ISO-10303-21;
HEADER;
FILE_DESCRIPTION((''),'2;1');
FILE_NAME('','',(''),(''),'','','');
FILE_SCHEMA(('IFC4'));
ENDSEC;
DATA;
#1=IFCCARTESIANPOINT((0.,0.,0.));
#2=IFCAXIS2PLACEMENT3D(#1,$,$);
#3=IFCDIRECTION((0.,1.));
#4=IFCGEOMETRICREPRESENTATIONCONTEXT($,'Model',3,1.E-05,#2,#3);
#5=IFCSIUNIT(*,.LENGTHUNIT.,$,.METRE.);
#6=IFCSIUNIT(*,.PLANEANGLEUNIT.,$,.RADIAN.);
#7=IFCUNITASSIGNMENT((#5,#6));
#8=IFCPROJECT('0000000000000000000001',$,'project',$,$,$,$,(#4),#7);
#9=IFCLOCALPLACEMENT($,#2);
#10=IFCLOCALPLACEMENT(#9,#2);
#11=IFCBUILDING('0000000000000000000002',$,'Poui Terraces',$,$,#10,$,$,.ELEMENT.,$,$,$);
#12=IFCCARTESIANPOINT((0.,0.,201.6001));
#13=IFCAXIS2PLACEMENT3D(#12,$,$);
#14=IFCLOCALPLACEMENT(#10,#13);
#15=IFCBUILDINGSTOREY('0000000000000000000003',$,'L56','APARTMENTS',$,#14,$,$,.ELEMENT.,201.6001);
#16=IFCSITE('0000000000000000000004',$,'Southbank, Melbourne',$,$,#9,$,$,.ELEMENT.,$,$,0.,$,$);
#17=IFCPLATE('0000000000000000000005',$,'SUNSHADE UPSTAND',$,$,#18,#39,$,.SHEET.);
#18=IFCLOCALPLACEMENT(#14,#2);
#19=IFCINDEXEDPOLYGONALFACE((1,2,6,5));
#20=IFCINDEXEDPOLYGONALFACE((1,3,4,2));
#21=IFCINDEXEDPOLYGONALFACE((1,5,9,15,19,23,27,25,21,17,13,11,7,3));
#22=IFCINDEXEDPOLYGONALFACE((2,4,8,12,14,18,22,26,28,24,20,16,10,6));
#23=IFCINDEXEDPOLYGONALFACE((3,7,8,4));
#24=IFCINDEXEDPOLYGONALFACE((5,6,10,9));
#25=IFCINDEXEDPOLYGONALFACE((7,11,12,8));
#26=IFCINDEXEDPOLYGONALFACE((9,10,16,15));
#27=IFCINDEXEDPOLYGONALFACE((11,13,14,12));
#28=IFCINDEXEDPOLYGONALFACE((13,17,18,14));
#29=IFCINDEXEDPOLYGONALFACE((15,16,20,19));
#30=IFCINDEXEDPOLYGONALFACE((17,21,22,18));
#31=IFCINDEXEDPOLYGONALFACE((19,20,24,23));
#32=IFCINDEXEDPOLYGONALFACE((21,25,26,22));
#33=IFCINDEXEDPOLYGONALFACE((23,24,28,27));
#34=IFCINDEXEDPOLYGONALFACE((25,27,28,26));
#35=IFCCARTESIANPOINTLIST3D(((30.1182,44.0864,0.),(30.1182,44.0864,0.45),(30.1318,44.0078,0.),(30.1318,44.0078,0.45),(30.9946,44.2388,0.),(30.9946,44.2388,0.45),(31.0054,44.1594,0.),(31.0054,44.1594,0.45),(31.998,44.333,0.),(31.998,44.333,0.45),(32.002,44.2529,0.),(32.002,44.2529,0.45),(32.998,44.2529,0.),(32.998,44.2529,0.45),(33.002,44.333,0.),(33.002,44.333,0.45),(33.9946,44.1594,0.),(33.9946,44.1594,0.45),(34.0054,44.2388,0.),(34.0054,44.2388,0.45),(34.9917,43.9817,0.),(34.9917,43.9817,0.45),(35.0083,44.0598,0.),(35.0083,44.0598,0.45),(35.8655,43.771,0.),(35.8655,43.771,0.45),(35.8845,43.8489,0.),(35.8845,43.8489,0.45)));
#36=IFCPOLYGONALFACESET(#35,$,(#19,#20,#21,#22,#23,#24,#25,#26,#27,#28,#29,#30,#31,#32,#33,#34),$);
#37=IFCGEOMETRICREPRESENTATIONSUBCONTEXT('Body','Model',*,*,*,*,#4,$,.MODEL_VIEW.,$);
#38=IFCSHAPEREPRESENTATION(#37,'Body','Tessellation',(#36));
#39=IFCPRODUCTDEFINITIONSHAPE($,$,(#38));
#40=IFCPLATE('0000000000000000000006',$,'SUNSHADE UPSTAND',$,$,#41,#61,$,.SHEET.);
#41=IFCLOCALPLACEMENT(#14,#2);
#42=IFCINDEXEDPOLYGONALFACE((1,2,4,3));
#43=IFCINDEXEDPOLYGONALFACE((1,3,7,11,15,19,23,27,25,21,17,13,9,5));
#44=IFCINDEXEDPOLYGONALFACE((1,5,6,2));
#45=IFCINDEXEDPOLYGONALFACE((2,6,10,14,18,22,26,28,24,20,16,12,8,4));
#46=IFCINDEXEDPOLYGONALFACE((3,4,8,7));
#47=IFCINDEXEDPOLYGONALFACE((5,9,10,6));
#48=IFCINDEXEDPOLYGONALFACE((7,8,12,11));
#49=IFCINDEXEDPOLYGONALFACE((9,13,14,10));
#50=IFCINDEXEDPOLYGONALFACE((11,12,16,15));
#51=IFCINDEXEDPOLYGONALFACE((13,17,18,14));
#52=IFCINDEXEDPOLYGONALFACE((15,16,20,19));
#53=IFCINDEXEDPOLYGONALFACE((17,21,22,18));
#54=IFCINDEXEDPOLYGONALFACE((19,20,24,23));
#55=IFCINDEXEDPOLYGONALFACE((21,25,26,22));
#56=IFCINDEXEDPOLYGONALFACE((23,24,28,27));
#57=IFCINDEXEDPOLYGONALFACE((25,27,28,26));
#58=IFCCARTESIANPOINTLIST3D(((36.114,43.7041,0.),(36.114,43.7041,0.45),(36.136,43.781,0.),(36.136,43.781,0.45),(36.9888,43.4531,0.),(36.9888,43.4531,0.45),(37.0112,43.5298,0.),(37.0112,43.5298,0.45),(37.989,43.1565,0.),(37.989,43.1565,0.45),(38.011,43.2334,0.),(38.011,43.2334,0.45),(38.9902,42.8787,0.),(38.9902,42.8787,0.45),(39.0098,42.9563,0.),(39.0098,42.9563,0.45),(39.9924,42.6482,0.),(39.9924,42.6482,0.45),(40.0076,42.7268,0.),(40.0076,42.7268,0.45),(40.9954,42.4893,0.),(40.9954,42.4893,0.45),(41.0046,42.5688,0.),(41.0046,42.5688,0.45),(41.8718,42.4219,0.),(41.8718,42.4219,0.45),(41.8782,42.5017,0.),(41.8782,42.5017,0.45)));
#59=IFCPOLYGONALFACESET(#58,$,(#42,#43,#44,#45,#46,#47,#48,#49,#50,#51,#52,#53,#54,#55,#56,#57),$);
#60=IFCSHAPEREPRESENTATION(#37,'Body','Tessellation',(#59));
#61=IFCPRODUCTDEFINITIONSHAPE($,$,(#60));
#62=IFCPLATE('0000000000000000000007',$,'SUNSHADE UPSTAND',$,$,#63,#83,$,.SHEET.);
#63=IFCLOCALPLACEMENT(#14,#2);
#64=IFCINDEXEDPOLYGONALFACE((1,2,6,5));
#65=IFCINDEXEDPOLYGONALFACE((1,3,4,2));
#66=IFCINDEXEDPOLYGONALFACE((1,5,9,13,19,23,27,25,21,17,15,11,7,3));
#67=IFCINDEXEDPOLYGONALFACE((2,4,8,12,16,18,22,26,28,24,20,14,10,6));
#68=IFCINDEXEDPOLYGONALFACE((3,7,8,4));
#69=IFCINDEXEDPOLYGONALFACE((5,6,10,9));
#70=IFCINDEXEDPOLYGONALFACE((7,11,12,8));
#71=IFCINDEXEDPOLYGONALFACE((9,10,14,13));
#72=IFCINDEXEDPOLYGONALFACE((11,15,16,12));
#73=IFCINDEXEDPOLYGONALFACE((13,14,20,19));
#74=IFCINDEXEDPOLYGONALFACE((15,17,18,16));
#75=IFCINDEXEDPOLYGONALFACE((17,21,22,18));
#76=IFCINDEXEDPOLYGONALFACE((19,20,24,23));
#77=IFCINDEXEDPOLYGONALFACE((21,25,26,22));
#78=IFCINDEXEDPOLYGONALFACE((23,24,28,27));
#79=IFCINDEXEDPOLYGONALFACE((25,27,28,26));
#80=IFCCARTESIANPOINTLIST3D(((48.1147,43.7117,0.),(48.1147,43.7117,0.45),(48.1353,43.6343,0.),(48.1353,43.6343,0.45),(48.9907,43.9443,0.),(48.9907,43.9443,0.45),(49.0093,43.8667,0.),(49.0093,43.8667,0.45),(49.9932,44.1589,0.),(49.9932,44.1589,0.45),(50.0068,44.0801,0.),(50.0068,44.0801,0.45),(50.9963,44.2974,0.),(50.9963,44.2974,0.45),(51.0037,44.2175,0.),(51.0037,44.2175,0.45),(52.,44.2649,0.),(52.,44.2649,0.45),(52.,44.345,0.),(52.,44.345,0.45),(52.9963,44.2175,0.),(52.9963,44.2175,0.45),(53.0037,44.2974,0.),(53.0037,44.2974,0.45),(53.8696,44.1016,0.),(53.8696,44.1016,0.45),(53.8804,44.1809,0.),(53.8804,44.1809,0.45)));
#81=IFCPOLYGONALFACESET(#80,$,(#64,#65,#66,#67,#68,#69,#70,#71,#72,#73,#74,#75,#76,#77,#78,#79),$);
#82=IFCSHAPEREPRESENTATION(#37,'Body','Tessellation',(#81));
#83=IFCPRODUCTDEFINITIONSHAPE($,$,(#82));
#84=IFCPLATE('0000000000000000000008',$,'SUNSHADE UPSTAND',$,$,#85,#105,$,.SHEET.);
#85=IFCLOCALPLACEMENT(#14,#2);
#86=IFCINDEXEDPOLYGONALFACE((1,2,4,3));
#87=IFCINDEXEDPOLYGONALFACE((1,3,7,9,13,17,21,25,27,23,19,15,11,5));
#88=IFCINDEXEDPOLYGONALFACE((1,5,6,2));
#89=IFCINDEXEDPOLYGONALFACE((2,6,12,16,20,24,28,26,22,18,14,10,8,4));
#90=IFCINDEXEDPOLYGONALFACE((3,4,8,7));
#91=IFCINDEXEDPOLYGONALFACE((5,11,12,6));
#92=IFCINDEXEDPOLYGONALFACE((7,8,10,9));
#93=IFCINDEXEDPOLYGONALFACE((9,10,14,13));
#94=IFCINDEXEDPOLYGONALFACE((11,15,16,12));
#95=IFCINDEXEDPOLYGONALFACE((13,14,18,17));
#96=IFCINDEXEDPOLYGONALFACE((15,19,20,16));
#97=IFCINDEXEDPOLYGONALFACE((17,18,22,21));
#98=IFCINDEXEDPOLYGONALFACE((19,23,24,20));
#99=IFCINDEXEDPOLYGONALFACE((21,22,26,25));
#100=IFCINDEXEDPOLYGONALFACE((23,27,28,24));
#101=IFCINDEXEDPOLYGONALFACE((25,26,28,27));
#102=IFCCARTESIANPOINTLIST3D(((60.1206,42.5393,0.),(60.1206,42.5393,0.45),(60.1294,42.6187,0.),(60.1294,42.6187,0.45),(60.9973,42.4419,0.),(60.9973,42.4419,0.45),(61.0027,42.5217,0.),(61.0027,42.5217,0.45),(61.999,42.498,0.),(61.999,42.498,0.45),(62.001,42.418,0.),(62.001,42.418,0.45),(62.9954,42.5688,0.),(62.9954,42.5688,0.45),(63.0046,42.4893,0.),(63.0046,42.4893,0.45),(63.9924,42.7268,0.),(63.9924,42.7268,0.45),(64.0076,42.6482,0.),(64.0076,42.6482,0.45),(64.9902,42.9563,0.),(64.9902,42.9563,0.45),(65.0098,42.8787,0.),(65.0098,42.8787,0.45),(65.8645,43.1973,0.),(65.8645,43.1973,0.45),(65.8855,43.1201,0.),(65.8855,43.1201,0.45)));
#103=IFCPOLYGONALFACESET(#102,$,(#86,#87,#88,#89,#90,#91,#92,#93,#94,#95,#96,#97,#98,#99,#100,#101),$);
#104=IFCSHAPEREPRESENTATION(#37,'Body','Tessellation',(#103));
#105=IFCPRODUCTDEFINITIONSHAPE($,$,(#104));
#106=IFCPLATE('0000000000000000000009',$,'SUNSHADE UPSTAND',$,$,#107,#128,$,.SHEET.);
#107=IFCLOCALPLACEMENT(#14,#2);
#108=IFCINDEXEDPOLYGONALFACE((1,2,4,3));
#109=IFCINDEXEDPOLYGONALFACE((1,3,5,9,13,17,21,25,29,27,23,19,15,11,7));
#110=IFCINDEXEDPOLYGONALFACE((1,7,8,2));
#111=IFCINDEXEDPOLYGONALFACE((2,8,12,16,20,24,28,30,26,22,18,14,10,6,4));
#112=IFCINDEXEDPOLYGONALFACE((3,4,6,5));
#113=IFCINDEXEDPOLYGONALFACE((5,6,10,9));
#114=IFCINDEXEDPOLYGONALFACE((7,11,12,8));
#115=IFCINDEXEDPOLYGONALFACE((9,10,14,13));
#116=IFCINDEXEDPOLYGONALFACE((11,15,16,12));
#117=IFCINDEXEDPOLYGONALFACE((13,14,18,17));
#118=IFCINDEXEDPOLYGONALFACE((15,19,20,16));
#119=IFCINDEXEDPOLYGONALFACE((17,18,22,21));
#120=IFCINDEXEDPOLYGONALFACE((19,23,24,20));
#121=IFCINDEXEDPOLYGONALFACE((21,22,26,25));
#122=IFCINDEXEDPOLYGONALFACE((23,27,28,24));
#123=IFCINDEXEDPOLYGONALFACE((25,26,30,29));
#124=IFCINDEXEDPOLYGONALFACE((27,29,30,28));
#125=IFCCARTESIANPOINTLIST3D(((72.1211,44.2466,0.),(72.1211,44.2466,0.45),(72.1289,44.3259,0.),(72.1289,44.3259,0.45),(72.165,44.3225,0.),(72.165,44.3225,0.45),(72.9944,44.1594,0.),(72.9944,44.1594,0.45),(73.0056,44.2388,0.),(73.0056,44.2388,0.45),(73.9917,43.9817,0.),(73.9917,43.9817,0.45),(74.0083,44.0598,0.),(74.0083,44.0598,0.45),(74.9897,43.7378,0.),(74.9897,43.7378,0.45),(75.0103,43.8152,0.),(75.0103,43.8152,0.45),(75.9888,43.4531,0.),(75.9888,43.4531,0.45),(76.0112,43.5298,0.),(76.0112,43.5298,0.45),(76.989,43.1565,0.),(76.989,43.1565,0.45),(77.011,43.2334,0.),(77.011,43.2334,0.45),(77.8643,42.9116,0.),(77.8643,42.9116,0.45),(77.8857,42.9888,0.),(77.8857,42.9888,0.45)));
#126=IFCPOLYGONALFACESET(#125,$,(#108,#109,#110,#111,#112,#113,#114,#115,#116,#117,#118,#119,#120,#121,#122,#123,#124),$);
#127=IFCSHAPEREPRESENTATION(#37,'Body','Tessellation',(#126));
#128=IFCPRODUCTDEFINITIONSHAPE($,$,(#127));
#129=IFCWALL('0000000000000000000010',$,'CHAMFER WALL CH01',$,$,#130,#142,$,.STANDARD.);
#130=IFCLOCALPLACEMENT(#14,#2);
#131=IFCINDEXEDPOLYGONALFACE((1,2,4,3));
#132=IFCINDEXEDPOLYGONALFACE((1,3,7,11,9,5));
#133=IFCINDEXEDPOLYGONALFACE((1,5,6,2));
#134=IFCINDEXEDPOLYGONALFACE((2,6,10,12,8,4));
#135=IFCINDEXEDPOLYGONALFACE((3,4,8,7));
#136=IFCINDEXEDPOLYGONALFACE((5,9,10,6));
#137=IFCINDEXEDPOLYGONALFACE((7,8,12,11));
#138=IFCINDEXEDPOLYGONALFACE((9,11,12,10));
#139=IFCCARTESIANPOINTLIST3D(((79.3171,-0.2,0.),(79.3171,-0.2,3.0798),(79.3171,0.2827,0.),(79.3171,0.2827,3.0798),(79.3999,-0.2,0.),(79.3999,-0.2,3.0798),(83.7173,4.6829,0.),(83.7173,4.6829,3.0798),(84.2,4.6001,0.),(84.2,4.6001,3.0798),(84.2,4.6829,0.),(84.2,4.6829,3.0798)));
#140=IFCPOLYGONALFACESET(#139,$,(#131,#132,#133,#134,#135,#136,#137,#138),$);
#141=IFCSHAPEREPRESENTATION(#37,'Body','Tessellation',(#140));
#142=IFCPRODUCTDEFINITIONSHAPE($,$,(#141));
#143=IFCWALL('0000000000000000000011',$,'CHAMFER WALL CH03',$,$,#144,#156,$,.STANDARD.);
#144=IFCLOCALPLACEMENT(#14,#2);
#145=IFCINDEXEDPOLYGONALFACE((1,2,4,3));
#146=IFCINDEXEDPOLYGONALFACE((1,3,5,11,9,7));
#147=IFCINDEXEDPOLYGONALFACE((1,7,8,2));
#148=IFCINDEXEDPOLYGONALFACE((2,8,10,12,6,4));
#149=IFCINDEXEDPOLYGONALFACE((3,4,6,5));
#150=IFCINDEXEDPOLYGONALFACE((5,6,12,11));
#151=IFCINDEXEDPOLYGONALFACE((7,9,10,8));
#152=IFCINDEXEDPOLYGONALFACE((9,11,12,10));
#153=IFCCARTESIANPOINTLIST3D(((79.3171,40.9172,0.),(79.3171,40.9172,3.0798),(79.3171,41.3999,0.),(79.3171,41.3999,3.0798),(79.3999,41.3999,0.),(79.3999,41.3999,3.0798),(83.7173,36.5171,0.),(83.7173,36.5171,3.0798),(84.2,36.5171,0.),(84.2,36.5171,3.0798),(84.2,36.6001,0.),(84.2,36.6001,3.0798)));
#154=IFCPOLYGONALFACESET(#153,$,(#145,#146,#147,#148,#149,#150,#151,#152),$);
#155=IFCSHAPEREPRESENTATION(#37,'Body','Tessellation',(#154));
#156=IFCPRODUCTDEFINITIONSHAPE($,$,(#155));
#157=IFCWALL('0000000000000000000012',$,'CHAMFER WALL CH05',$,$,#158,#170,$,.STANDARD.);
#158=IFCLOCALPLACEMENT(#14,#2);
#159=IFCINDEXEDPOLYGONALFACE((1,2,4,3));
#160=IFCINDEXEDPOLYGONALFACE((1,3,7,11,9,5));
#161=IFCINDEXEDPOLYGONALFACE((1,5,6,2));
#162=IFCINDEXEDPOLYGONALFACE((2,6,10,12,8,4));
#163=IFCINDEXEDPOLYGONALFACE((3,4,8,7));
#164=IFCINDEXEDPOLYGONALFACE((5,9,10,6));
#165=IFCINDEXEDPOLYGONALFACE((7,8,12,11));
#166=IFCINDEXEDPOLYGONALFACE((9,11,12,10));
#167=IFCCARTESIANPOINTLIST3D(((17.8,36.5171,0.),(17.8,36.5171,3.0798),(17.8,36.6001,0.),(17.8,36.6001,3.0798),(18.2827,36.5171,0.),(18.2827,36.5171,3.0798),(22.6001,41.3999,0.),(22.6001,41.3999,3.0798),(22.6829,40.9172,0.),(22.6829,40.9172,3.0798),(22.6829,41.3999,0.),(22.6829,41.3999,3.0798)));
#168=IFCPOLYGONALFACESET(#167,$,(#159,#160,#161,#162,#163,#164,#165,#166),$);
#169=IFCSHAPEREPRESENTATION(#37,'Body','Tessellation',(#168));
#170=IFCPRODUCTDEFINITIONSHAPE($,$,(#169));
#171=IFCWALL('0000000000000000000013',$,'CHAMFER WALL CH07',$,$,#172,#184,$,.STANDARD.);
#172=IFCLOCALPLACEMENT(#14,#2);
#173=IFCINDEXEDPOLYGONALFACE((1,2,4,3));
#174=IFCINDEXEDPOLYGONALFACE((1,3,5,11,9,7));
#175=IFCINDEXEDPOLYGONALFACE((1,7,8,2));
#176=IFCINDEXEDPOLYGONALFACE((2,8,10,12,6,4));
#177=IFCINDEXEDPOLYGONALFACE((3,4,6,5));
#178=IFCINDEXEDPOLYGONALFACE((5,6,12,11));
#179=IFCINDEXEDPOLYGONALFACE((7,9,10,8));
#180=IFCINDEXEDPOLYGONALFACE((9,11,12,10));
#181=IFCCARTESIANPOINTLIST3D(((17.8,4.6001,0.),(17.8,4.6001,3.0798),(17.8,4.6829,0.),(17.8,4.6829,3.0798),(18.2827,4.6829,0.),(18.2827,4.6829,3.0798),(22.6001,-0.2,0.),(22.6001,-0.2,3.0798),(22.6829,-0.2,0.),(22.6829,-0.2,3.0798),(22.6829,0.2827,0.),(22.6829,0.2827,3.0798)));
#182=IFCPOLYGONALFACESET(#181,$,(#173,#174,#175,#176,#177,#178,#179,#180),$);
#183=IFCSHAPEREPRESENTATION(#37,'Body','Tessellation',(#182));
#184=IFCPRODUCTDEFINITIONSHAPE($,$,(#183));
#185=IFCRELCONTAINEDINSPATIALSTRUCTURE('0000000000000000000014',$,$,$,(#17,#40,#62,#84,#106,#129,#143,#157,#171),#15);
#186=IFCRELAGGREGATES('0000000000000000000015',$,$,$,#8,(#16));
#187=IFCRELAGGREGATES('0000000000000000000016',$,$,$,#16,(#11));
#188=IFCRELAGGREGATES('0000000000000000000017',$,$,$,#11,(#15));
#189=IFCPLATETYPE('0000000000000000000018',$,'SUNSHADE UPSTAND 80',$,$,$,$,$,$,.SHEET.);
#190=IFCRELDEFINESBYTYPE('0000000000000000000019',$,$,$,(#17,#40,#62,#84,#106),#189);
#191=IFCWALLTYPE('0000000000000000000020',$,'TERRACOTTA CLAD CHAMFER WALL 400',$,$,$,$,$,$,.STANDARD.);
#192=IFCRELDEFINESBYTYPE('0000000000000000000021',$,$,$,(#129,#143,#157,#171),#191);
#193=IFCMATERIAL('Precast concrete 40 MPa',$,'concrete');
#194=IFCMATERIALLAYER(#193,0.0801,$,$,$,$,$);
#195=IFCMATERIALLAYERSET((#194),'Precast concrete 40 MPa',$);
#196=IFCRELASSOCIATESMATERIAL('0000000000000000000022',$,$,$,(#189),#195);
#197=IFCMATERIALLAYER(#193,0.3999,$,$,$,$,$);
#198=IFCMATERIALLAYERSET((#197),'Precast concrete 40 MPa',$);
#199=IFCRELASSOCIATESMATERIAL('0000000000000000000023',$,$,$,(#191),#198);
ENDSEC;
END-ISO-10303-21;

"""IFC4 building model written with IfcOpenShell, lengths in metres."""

from ifc_helpers import new_model, si_unit, direction, frame, origin, place, context, subcontext, project, spatial, polyline, outline, extrude, material, layer, layer_set, type_object, element, save


model = new_model("IFC4")

# Units and contexts
model_context = context("Model", 3, precision=1e-05, world=origin(), true_north=direction((0.0, 1.0)))
body_context = subcontext(model_context, "Body", "Model", "MODEL_VIEW")
ifc_project = project(units=[si_unit("LENGTHUNIT", "METRE"), si_unit("PLANEANGLEUNIT", "RADIAN")], contexts=[model_context])

# Site, building, storey
site_placement = place(None, origin())
site = spatial("IfcSite", under=ifc_project, at=site_placement, Name="Southbank, Melbourne", CompositionType="ELEMENT", RefElevation=0.0)
building_placement = place(site_placement, origin())
building = spatial("IfcBuilding", under=site, at=building_placement, Name="Poui Terraces", CompositionType="ELEMENT")
storey_placement = place(building_placement, frame((0.0, 0.0, 201.6001)))
storey = spatial("IfcBuildingStorey", under=building, at=storey_placement, Name="L56", Description="APARTMENTS", CompositionType="ELEMENT", Elevation=201.6001)

# Shared definitions
ifc_material_1 = material(Name="Precast concrete 40 MPa", Category="concrete")

# Plates
ifc_layer_1 = layer(ifc_material_1, 0.0801)
ifc_layer_set_1 = layer_set([ifc_layer_1], Name="Precast concrete 40 MPa")
plate_type = type_object("IfcPlateType", Name="SUNSHADE UPSTAND 80", PredefinedType="SHEET", material=ifc_layer_set_1)
plate_1_placement = place(storey_placement, origin())
element("IfcPlate", 1, at=plate_1_placement, inside=storey, type_object=plate_type, Name="SUNSHADE UPSTAND", PredefinedType="SHEET", context=body_context, shape_type="SweptSolid", body=[
    extrude(outline(polyline([(30.9946, 44.2388), (30.1182, 44.0864), (30.1318, 44.0078), (31.0054, 44.1594), (32.002, 44.2529), (32.998, 44.2529), (33.9946, 44.1594), (34.9917, 43.9817), (35.8655, 43.771), (35.8845, 43.8489), (35.0083, 44.0598), (34.0054, 44.2388), (33.002, 44.333), (31.998, 44.333), (30.9946, 44.2388)])), origin(), (0.0, 0.0, 1.0), 0.45),
])
plate_2_placement = place(storey_placement, origin())
element("IfcPlate", 2, at=plate_2_placement, inside=storey, type_object=plate_type, Name="SUNSHADE UPSTAND", PredefinedType="SHEET", context=body_context, shape_type="SweptSolid", body=[
    extrude(outline(polyline([(37.0112, 43.5298), (36.136, 43.781), (36.114, 43.7041), (36.9888, 43.4531), (37.989, 43.1565), (38.9902, 42.8787), (39.9924, 42.6482), (40.9954, 42.4893), (41.8718, 42.4219), (41.8782, 42.5017), (41.0046, 42.5688), (40.0076, 42.7268), (39.0098, 42.9563), (38.011, 43.2334), (37.0112, 43.5298)])), origin(), (0.0, 0.0, 1.0), 0.45),
])
plate_3_placement = place(storey_placement, origin())
element("IfcPlate", 3, at=plate_3_placement, inside=storey, type_object=plate_type, Name="SUNSHADE UPSTAND", PredefinedType="SHEET", context=body_context, shape_type="SweptSolid", body=[
    extrude(outline(polyline([(48.9907, 43.9443), (48.1147, 43.7117), (48.1353, 43.6343), (49.0093, 43.8667), (50.0068, 44.0801), (51.0037, 44.2175), (52.0, 44.2649), (52.9963, 44.2175), (53.8696, 44.1016), (53.8804, 44.1809), (53.0037, 44.2974), (52.0, 44.345), (50.9963, 44.2974), (49.9932, 44.1589), (48.9907, 43.9443)])), origin(), (0.0, 0.0, 1.0), 0.45),
])
plate_4_placement = place(storey_placement, origin())
element("IfcPlate", 4, at=plate_4_placement, inside=storey, type_object=plate_type, Name="SUNSHADE UPSTAND", PredefinedType="SHEET", context=body_context, shape_type="SweptSolid", body=[
    extrude(outline(polyline([(61.0027, 42.5217), (60.1294, 42.6187), (60.1206, 42.5393), (60.9973, 42.4419), (62.001, 42.418), (63.0046, 42.4893), (64.0076, 42.6482), (65.0098, 42.8787), (65.8855, 43.1201), (65.8645, 43.1973), (64.9902, 42.9563), (63.9924, 42.7268), (62.9954, 42.5688), (61.999, 42.498), (61.0027, 42.5217)])), origin(), (0.0, 0.0, 1.0), 0.45),
])
plate_5_placement = place(storey_placement, origin())
element("IfcPlate", 5, at=plate_5_placement, inside=storey, type_object=plate_type, Name="SUNSHADE UPSTAND", PredefinedType="SHEET", context=body_context, shape_type="SweptSolid", body=[
    extrude(outline(polyline([(73.0056, 44.2388), (72.165, 44.3225), (72.1289, 44.3259), (72.1211, 44.2466), (72.9944, 44.1594), (73.9917, 43.9817), (74.9897, 43.7378), (75.9888, 43.4531), (76.989, 43.1565), (77.8643, 42.9116), (77.8857, 42.9888), (77.011, 43.2334), (76.0112, 43.5298), (75.0103, 43.8152), (74.0083, 44.0598), (73.0056, 44.2388)])), origin(), (0.0, 0.0, 1.0), 0.45),
])

# Walls
ifc_layer_2 = layer(ifc_material_1, 0.3999)
ifc_layer_set_2 = layer_set([ifc_layer_2], Name="Precast concrete 40 MPa")
wall_type = type_object("IfcWallType", Name="TERRACOTTA CLAD CHAMFER WALL 400", PredefinedType="STANDARD", material=ifc_layer_set_2)
wall_1_placement = place(storey_placement, origin())
element("IfcWall", 6, at=wall_1_placement, inside=storey, type_object=wall_type, Name="CHAMFER WALL CH01", PredefinedType="STANDARD", context=body_context, shape_type="SweptSolid", body=[
    extrude(outline(polyline([(79.3171, -0.2), (79.3999, -0.2), (84.2, 4.6001), (84.2, 4.6829), (83.7173, 4.6829), (79.3171, 0.2827), (79.3171, -0.2)])), origin(), (0.0, 0.0, 1.0), 3.0798),
])
wall_2_placement = place(storey_placement, origin())
element("IfcWall", 7, at=wall_2_placement, inside=storey, type_object=wall_type, Name="CHAMFER WALL CH03", PredefinedType="STANDARD", context=body_context, shape_type="SweptSolid", body=[
    extrude(outline(polyline([(84.2, 36.5171), (84.2, 36.6001), (79.3999, 41.3999), (79.3171, 41.3999), (79.3171, 40.9172), (83.7173, 36.5171), (84.2, 36.5171)])), origin(), (0.0, 0.0, 1.0), 3.0798),
])
wall_3_placement = place(storey_placement, origin())
element("IfcWall", 8, at=wall_3_placement, inside=storey, type_object=wall_type, Name="CHAMFER WALL CH05", PredefinedType="STANDARD", context=body_context, shape_type="SweptSolid", body=[
    extrude(outline(polyline([(22.6829, 41.3999), (22.6001, 41.3999), (17.8, 36.6001), (17.8, 36.5171), (18.2827, 36.5171), (22.6829, 40.9172), (22.6829, 41.3999)])), origin(), (0.0, 0.0, 1.0), 3.0798),
])
wall_4_placement = place(storey_placement, origin())
element("IfcWall", 9, at=wall_4_placement, inside=storey, type_object=wall_type, Name="CHAMFER WALL CH07", PredefinedType="STANDARD", context=body_context, shape_type="SweptSolid", body=[
    extrude(outline(polyline([(17.8, 4.6829), (17.8, 4.6001), (22.6001, -0.2), (22.6829, -0.2), (22.6829, 0.2827), (18.2827, 4.6829), (17.8, 4.6829)])), origin(), (0.0, 0.0, 1.0), 3.0798),
])

save(model, "model.ifc")
